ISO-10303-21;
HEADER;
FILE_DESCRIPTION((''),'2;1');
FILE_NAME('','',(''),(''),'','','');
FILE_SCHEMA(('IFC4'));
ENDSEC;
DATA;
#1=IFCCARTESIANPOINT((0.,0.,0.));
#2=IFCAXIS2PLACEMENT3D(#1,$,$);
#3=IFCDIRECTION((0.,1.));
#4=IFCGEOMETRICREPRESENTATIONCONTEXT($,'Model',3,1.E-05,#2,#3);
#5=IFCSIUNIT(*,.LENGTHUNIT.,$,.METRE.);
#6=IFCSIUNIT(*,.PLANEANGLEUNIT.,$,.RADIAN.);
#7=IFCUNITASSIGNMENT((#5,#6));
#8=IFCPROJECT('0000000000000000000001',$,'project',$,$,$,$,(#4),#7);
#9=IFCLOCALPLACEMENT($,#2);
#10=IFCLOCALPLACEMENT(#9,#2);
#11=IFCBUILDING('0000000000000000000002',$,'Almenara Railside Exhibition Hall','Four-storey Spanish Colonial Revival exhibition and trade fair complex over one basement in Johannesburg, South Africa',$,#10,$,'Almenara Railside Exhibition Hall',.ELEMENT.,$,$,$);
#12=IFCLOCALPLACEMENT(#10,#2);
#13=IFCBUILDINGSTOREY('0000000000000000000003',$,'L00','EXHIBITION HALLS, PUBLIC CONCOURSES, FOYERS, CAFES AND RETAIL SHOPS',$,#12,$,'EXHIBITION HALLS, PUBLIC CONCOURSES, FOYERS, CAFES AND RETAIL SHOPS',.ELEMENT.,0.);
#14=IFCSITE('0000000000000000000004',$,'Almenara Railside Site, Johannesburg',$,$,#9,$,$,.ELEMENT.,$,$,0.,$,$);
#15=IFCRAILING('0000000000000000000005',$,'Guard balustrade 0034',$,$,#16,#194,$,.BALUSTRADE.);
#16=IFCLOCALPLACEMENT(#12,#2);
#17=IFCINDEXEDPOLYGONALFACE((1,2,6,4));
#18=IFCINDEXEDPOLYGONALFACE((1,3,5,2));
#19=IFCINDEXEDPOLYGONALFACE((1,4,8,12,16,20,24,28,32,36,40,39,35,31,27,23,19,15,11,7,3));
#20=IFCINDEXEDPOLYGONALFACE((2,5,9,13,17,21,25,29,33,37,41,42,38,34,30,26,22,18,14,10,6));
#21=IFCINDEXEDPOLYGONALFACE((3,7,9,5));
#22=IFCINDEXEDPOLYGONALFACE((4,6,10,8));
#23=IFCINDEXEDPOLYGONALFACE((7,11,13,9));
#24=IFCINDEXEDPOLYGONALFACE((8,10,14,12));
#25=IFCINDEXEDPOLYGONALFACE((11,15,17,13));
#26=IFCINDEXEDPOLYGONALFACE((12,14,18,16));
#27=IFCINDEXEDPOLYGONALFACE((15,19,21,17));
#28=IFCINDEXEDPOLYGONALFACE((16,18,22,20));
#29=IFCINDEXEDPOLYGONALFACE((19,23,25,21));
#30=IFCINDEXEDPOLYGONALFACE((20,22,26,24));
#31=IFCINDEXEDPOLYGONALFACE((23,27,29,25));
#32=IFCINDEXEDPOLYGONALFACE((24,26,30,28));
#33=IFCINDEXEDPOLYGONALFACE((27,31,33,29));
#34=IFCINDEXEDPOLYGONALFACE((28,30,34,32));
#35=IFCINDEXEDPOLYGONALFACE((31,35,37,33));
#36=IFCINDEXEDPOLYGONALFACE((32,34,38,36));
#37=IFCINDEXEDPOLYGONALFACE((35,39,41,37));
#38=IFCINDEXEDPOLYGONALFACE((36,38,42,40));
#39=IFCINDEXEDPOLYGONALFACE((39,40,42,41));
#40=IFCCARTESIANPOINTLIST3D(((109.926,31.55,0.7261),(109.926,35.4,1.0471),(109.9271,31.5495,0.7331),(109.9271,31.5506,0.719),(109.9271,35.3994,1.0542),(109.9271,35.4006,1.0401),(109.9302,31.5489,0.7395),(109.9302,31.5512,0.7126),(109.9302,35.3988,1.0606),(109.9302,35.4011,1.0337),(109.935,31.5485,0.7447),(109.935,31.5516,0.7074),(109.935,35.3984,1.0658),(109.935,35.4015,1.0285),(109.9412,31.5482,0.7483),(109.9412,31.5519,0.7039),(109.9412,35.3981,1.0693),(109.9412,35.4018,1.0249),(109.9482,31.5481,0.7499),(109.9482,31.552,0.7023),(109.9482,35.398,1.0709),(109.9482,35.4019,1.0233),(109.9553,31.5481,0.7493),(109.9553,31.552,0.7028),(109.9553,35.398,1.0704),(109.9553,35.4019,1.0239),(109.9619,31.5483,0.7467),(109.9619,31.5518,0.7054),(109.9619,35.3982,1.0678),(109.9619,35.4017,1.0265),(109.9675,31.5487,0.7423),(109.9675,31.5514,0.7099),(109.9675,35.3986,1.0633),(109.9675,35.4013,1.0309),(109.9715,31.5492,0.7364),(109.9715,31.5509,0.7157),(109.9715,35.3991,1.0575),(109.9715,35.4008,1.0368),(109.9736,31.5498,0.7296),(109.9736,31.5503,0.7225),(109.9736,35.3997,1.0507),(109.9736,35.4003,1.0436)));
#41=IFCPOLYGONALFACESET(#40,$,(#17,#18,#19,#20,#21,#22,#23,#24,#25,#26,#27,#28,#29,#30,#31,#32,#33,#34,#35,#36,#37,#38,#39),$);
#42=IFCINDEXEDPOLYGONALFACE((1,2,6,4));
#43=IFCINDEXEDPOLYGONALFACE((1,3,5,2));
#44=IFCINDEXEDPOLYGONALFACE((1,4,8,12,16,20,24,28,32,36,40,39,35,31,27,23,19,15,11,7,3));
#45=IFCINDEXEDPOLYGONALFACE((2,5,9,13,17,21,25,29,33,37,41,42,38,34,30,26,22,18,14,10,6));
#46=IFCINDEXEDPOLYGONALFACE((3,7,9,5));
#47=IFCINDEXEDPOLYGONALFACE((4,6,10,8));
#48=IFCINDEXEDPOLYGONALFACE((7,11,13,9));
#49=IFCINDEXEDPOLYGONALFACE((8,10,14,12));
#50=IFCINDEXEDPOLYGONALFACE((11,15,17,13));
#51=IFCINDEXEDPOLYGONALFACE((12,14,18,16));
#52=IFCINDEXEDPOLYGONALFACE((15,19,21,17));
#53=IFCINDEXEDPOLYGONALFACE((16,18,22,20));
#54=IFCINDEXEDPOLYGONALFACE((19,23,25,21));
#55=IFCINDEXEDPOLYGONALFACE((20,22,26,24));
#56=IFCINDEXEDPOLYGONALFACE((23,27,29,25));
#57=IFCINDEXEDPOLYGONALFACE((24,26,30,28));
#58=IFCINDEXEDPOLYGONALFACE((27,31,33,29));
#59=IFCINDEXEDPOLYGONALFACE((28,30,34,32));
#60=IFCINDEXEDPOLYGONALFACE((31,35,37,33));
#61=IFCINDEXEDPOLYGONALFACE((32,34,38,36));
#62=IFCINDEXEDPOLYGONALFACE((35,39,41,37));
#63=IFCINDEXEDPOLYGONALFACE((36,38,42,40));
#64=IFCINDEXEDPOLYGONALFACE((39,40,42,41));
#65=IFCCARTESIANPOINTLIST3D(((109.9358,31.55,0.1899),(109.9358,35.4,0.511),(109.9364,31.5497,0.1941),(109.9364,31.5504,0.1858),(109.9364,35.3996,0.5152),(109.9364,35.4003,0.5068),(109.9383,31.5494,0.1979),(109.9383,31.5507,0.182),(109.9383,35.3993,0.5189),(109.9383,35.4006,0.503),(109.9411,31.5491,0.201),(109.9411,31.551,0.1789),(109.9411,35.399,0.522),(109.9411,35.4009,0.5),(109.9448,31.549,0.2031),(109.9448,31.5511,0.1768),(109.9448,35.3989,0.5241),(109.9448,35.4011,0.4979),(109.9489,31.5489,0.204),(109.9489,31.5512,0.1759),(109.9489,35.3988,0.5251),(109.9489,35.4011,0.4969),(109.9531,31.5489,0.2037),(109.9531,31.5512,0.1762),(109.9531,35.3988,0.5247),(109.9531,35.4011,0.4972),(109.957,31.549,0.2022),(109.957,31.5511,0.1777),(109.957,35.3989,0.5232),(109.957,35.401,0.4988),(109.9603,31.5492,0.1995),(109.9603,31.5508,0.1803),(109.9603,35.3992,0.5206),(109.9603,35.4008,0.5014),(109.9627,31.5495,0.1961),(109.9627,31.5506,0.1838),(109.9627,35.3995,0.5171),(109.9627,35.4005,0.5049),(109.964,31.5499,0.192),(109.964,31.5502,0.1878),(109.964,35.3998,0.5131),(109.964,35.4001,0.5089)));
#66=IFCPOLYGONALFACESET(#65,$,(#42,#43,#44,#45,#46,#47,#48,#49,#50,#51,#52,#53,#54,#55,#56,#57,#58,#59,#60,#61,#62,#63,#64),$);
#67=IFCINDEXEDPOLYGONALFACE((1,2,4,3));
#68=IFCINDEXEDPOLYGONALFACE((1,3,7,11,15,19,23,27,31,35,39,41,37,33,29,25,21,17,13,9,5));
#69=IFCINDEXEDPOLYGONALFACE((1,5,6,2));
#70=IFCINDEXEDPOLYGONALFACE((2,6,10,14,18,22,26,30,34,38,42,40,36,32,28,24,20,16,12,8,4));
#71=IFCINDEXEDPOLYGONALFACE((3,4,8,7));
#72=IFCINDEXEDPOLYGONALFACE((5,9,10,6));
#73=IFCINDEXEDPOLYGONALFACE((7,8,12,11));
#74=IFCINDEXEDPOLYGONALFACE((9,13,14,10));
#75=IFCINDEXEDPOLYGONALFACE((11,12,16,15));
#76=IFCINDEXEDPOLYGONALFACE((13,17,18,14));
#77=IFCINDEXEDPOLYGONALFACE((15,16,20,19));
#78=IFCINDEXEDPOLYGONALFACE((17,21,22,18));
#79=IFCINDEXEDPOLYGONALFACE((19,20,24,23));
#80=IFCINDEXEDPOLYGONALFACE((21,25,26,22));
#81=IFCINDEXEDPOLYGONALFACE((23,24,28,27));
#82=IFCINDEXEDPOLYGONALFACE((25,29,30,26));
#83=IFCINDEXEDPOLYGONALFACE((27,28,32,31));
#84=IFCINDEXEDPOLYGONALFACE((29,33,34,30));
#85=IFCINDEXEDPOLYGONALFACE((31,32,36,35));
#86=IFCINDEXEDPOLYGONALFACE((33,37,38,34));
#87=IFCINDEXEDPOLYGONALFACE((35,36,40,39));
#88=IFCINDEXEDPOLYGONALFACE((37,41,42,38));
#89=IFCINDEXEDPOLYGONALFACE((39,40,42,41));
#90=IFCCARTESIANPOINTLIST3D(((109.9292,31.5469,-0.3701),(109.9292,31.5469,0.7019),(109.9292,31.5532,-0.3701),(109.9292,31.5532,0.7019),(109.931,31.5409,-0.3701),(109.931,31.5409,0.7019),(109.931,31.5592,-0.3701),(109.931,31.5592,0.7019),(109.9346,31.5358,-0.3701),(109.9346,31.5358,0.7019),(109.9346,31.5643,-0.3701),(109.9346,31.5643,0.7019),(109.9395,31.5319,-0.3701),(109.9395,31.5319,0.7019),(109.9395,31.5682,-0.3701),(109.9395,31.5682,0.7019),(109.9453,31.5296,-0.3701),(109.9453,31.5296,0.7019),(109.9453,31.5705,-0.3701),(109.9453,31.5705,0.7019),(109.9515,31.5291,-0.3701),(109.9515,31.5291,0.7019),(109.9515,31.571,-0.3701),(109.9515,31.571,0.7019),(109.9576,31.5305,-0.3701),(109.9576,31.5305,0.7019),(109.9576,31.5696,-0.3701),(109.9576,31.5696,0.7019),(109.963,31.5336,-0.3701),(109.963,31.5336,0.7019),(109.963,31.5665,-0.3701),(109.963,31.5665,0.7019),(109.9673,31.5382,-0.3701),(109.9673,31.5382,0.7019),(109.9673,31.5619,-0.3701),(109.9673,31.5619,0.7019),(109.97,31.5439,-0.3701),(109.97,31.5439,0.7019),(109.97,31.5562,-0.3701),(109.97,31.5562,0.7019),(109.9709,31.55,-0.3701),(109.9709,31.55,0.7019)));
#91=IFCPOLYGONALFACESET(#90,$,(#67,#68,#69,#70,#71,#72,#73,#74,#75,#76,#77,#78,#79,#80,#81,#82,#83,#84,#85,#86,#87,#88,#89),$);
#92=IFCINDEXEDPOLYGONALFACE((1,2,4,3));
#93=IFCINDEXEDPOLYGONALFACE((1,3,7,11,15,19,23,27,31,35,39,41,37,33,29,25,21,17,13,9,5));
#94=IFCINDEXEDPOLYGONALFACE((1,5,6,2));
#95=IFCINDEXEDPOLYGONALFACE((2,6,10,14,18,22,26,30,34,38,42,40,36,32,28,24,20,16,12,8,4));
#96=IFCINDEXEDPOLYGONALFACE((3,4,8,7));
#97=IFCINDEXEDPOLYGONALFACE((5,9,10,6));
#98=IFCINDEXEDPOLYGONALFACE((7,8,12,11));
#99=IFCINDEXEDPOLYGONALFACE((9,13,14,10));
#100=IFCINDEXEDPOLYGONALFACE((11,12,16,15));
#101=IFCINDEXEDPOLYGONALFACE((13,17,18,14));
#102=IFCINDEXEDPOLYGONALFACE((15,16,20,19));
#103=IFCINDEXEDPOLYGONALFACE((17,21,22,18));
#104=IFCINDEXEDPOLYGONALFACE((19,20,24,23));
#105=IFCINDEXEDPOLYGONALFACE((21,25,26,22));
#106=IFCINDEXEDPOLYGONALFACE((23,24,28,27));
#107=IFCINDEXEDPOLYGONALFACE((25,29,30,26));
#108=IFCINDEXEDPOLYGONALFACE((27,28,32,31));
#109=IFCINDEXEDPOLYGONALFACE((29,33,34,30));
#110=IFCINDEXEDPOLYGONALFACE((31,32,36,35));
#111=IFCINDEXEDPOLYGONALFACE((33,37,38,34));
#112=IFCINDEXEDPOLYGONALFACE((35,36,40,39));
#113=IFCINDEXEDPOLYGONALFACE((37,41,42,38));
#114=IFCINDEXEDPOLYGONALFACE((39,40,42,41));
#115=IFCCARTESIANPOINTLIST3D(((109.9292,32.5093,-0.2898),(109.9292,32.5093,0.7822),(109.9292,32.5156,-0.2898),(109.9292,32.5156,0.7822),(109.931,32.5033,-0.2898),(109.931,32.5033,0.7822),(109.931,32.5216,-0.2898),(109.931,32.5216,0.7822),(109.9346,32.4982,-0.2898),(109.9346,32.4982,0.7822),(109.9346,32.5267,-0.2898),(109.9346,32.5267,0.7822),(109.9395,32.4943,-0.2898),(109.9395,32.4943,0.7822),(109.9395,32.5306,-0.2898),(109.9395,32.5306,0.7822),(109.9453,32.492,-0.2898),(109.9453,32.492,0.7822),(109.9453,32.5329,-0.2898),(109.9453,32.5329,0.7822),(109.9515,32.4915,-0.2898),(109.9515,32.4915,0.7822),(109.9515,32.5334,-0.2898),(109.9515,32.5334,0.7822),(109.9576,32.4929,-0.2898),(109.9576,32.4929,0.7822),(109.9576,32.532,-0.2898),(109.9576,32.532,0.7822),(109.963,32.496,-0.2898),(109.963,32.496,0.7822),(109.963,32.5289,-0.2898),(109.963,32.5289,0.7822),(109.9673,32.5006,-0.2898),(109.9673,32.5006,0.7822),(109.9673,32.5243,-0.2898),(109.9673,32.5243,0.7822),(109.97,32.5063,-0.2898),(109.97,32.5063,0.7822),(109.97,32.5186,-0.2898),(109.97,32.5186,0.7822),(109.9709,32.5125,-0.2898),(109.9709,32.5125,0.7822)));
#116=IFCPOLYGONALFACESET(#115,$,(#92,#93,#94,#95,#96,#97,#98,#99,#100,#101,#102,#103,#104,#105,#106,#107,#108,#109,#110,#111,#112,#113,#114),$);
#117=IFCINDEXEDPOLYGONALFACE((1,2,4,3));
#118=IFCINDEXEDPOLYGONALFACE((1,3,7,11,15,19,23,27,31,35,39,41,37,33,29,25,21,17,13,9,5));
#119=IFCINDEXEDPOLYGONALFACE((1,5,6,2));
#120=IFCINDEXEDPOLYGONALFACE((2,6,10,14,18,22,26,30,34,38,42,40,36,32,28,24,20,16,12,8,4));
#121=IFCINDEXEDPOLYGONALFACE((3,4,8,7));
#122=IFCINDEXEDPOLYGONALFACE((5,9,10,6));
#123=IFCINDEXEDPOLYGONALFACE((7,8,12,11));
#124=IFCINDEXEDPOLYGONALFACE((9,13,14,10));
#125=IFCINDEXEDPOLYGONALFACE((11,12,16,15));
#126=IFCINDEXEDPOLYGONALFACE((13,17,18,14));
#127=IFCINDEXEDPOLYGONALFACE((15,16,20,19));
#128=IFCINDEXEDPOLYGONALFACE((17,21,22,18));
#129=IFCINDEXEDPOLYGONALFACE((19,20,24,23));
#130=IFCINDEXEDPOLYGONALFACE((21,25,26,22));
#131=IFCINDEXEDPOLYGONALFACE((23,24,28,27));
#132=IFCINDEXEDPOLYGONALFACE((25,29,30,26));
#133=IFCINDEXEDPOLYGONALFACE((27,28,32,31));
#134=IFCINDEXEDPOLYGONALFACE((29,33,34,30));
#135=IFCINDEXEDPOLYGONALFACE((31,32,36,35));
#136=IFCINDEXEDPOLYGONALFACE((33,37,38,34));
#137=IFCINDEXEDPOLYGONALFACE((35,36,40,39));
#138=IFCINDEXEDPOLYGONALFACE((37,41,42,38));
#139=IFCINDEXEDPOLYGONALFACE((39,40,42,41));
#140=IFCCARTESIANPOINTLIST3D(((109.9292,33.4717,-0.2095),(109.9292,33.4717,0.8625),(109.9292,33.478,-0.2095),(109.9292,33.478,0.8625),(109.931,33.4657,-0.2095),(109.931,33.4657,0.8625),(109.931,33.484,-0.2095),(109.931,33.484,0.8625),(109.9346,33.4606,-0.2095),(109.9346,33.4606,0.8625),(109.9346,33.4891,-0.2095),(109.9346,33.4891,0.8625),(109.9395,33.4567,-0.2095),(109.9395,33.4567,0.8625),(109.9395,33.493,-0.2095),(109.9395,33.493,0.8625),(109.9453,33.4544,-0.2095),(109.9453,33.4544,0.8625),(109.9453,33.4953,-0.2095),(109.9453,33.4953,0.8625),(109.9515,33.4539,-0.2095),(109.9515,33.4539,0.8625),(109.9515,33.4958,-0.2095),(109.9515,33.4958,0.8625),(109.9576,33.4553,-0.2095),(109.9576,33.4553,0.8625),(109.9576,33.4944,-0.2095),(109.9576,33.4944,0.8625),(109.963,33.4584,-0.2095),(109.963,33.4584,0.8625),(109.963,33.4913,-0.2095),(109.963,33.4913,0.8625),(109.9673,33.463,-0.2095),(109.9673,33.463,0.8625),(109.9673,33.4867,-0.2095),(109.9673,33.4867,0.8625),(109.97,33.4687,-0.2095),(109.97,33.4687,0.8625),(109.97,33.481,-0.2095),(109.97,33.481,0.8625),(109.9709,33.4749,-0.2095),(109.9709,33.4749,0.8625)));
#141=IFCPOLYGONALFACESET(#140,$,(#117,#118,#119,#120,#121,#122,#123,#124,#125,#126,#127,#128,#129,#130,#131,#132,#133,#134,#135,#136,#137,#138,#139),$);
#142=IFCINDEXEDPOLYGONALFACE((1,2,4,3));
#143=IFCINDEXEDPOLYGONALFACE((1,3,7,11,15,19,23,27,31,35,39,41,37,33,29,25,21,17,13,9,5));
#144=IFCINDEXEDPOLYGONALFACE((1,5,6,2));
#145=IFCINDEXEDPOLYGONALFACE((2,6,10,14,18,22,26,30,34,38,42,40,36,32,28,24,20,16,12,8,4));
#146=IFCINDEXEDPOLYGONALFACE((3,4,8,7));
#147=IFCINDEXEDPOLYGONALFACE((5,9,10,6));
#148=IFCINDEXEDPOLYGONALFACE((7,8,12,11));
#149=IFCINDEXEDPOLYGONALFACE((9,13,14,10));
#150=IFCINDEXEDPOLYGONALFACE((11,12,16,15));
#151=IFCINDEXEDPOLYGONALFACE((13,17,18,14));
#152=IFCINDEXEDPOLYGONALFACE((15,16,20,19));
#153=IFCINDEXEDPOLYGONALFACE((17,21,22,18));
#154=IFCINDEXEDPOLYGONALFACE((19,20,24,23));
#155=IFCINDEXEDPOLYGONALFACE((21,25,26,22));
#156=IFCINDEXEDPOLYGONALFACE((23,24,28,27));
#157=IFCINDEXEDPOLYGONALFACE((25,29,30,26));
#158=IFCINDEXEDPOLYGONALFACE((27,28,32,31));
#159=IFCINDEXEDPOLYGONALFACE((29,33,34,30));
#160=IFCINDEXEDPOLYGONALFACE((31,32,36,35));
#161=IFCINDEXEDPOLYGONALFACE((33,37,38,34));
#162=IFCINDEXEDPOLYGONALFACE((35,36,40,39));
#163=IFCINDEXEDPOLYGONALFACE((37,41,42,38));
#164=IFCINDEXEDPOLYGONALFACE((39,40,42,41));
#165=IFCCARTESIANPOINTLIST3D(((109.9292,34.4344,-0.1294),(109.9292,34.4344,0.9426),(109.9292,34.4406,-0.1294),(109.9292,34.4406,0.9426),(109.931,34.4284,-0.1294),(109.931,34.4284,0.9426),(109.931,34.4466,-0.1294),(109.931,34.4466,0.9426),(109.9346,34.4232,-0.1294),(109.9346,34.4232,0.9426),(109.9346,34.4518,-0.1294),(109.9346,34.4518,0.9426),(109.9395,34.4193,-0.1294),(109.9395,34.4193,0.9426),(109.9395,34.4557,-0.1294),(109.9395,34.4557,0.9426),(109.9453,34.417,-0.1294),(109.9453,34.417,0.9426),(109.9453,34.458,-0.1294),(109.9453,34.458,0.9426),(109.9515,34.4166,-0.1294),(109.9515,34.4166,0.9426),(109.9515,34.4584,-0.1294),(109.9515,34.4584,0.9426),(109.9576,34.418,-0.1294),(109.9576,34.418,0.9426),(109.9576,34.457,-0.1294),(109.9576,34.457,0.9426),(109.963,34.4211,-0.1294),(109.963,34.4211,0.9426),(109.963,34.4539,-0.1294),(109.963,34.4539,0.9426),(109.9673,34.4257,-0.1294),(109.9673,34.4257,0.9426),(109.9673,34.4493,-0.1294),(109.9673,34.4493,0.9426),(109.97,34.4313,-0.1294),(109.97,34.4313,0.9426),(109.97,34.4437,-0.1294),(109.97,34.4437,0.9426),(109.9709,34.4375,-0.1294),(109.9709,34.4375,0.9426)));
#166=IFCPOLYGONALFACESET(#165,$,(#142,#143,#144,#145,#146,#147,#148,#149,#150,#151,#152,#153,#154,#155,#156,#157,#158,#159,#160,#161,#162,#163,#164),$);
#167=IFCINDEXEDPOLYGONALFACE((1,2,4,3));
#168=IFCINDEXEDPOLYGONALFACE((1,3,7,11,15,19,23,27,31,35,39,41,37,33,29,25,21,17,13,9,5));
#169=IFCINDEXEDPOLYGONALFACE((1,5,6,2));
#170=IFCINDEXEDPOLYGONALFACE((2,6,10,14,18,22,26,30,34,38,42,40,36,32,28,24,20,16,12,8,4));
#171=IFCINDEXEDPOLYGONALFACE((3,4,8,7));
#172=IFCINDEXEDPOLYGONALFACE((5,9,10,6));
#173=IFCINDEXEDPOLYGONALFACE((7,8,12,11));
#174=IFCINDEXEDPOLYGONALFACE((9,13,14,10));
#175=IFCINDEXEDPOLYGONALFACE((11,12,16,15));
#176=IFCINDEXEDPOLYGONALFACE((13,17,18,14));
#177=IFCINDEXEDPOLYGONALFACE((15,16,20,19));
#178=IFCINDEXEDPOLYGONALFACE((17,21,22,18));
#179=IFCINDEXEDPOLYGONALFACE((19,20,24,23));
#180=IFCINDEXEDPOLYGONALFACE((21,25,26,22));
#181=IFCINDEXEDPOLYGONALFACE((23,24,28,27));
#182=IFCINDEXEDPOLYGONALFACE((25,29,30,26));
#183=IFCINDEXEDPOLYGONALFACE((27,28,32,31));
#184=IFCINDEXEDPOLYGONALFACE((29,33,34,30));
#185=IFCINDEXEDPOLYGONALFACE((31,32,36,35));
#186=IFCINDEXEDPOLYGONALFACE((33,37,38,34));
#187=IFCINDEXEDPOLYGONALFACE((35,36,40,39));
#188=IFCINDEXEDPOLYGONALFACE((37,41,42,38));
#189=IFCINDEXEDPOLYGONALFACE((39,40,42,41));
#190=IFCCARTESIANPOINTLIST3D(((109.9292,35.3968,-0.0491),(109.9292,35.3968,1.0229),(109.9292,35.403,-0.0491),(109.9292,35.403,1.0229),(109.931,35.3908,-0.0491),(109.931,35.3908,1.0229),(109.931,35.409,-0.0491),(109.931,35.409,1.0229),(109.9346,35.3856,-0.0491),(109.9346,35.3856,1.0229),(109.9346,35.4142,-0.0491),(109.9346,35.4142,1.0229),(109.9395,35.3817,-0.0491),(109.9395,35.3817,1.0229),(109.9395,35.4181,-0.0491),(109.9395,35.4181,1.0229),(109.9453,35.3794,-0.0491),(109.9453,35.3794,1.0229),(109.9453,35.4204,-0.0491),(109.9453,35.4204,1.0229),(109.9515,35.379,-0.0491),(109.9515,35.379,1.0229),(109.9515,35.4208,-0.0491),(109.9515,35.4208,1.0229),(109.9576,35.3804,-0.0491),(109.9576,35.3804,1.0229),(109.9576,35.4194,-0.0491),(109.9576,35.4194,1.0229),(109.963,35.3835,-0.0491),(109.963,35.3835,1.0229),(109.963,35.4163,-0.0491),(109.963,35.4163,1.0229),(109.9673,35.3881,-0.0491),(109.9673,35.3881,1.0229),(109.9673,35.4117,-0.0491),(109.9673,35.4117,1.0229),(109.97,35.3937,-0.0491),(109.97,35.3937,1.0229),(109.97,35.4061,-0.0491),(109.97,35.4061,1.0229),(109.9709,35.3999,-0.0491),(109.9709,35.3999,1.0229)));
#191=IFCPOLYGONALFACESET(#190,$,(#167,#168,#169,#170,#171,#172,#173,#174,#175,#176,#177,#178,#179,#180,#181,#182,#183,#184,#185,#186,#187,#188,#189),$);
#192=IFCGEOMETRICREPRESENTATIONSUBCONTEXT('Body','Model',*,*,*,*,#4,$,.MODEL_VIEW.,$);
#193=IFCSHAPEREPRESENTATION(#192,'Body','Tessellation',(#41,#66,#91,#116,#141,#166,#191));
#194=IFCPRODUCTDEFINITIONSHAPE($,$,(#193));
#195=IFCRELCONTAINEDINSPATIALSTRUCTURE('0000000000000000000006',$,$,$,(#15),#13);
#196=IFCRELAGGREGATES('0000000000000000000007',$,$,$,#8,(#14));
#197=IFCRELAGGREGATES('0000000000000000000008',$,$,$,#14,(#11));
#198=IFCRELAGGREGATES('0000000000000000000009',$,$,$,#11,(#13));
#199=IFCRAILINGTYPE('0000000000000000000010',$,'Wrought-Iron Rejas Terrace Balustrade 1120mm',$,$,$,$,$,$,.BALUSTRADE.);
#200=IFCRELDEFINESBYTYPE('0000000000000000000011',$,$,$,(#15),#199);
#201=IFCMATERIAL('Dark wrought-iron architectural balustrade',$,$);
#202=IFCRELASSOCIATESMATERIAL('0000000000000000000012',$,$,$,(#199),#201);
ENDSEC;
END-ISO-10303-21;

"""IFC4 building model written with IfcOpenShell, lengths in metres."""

from ifc_helpers import new_model, si_unit, direction, frame, origin, origin_2d, place, context, subcontext, project, spatial, circle, extrude, material, type_object, element, save


model = new_model("IFC4")

# Units and contexts
model_context = context("Model", 3, precision=1e-05, world=origin(), true_north=direction((0.0, 1.0)))
body_context = subcontext(model_context, "Body", "Model", "MODEL_VIEW")
ifc_project = project(units=[si_unit("LENGTHUNIT", "METRE"), si_unit("PLANEANGLEUNIT", "RADIAN")], contexts=[model_context])

# Site, building, storey
site_placement = place(None, origin())
site = spatial("IfcSite", under=ifc_project, at=site_placement, Name="Almenara Railside Site, Johannesburg", CompositionType="ELEMENT", RefElevation=0.0)
building_placement = place(site_placement, origin())
building = spatial("IfcBuilding", under=site, at=building_placement, Name="Almenara Railside Exhibition Hall", Description="Four-storey Spanish Colonial Revival exhibition and trade fair complex over one basement in Johannesburg, South Africa", LongName="Almenara Railside Exhibition Hall", CompositionType="ELEMENT")
storey_placement = place(building_placement, origin())
storey = spatial("IfcBuildingStorey", under=building, at=storey_placement, Name="L00", Description="EXHIBITION HALLS, PUBLIC CONCOURSES, FOYERS, CAFES AND RETAIL SHOPS", LongName="EXHIBITION HALLS, PUBLIC CONCOURSES, FOYERS, CAFES AND RETAIL SHOPS", CompositionType="ELEMENT", Elevation=0.0)

# Railing
ifc_material_1 = material(Name="Dark wrought-iron architectural balustrade")
railing_type = type_object("IfcRailingType", Name="Wrought-Iron Rejas Terrace Balustrade 1120mm", PredefinedType="BALUSTRADE", material=ifc_material_1)
railing_1_placement = place(storey_placement, frame((109.95, 31.55, -0.3701)))
element("IfcRailing", 1, at=railing_1_placement, inside=storey, type_object=railing_type, Name="Guard balustrade 0034", PredefinedType="BALUSTRADE", context=body_context, shape_type="SweptSolid", body=[
    extrude(circle(Radius=0.0239, at=origin_2d()), frame((0.0, 0.0, 1.0962), z_axis=(0.0, 0.996541, 0.083103), x_axis=(-1.0, 0.0, 0.0)), (0.0, 0.0, 1.0), 3.8633),
    extrude(circle(Radius=0.0142, at=origin_2d()), frame((0.0, 0.0, 0.5601), z_axis=(0.0, 0.996541, 0.083103), x_axis=(-1.0, 0.0, 0.0)), (0.0, 0.0, 1.0), 3.8633),
    extrude(circle(Radius=0.021, at=origin_2d()), origin(), (0.0, 0.0, 1.0), 1.072),
    extrude(circle(Radius=0.021, at=origin_2d()), frame((0.0, 0.9624, 0.0803)), (0.0, 0.0, 1.0), 1.072),
    extrude(circle(Radius=0.021, at=origin_2d()), frame((0.0, 1.9248, 0.1606)), (0.0, 0.0, 1.0), 1.072),
    extrude(circle(Radius=0.021, at=origin_2d()), frame((0.0, 2.8875, 0.2407)), (0.0, 0.0, 1.0), 1.072),
    extrude(circle(Radius=0.021, at=origin_2d()), frame((0.0, 3.8499, 0.321)), (0.0, 0.0, 1.0), 1.072),
])

save(model, "model.ifc")
